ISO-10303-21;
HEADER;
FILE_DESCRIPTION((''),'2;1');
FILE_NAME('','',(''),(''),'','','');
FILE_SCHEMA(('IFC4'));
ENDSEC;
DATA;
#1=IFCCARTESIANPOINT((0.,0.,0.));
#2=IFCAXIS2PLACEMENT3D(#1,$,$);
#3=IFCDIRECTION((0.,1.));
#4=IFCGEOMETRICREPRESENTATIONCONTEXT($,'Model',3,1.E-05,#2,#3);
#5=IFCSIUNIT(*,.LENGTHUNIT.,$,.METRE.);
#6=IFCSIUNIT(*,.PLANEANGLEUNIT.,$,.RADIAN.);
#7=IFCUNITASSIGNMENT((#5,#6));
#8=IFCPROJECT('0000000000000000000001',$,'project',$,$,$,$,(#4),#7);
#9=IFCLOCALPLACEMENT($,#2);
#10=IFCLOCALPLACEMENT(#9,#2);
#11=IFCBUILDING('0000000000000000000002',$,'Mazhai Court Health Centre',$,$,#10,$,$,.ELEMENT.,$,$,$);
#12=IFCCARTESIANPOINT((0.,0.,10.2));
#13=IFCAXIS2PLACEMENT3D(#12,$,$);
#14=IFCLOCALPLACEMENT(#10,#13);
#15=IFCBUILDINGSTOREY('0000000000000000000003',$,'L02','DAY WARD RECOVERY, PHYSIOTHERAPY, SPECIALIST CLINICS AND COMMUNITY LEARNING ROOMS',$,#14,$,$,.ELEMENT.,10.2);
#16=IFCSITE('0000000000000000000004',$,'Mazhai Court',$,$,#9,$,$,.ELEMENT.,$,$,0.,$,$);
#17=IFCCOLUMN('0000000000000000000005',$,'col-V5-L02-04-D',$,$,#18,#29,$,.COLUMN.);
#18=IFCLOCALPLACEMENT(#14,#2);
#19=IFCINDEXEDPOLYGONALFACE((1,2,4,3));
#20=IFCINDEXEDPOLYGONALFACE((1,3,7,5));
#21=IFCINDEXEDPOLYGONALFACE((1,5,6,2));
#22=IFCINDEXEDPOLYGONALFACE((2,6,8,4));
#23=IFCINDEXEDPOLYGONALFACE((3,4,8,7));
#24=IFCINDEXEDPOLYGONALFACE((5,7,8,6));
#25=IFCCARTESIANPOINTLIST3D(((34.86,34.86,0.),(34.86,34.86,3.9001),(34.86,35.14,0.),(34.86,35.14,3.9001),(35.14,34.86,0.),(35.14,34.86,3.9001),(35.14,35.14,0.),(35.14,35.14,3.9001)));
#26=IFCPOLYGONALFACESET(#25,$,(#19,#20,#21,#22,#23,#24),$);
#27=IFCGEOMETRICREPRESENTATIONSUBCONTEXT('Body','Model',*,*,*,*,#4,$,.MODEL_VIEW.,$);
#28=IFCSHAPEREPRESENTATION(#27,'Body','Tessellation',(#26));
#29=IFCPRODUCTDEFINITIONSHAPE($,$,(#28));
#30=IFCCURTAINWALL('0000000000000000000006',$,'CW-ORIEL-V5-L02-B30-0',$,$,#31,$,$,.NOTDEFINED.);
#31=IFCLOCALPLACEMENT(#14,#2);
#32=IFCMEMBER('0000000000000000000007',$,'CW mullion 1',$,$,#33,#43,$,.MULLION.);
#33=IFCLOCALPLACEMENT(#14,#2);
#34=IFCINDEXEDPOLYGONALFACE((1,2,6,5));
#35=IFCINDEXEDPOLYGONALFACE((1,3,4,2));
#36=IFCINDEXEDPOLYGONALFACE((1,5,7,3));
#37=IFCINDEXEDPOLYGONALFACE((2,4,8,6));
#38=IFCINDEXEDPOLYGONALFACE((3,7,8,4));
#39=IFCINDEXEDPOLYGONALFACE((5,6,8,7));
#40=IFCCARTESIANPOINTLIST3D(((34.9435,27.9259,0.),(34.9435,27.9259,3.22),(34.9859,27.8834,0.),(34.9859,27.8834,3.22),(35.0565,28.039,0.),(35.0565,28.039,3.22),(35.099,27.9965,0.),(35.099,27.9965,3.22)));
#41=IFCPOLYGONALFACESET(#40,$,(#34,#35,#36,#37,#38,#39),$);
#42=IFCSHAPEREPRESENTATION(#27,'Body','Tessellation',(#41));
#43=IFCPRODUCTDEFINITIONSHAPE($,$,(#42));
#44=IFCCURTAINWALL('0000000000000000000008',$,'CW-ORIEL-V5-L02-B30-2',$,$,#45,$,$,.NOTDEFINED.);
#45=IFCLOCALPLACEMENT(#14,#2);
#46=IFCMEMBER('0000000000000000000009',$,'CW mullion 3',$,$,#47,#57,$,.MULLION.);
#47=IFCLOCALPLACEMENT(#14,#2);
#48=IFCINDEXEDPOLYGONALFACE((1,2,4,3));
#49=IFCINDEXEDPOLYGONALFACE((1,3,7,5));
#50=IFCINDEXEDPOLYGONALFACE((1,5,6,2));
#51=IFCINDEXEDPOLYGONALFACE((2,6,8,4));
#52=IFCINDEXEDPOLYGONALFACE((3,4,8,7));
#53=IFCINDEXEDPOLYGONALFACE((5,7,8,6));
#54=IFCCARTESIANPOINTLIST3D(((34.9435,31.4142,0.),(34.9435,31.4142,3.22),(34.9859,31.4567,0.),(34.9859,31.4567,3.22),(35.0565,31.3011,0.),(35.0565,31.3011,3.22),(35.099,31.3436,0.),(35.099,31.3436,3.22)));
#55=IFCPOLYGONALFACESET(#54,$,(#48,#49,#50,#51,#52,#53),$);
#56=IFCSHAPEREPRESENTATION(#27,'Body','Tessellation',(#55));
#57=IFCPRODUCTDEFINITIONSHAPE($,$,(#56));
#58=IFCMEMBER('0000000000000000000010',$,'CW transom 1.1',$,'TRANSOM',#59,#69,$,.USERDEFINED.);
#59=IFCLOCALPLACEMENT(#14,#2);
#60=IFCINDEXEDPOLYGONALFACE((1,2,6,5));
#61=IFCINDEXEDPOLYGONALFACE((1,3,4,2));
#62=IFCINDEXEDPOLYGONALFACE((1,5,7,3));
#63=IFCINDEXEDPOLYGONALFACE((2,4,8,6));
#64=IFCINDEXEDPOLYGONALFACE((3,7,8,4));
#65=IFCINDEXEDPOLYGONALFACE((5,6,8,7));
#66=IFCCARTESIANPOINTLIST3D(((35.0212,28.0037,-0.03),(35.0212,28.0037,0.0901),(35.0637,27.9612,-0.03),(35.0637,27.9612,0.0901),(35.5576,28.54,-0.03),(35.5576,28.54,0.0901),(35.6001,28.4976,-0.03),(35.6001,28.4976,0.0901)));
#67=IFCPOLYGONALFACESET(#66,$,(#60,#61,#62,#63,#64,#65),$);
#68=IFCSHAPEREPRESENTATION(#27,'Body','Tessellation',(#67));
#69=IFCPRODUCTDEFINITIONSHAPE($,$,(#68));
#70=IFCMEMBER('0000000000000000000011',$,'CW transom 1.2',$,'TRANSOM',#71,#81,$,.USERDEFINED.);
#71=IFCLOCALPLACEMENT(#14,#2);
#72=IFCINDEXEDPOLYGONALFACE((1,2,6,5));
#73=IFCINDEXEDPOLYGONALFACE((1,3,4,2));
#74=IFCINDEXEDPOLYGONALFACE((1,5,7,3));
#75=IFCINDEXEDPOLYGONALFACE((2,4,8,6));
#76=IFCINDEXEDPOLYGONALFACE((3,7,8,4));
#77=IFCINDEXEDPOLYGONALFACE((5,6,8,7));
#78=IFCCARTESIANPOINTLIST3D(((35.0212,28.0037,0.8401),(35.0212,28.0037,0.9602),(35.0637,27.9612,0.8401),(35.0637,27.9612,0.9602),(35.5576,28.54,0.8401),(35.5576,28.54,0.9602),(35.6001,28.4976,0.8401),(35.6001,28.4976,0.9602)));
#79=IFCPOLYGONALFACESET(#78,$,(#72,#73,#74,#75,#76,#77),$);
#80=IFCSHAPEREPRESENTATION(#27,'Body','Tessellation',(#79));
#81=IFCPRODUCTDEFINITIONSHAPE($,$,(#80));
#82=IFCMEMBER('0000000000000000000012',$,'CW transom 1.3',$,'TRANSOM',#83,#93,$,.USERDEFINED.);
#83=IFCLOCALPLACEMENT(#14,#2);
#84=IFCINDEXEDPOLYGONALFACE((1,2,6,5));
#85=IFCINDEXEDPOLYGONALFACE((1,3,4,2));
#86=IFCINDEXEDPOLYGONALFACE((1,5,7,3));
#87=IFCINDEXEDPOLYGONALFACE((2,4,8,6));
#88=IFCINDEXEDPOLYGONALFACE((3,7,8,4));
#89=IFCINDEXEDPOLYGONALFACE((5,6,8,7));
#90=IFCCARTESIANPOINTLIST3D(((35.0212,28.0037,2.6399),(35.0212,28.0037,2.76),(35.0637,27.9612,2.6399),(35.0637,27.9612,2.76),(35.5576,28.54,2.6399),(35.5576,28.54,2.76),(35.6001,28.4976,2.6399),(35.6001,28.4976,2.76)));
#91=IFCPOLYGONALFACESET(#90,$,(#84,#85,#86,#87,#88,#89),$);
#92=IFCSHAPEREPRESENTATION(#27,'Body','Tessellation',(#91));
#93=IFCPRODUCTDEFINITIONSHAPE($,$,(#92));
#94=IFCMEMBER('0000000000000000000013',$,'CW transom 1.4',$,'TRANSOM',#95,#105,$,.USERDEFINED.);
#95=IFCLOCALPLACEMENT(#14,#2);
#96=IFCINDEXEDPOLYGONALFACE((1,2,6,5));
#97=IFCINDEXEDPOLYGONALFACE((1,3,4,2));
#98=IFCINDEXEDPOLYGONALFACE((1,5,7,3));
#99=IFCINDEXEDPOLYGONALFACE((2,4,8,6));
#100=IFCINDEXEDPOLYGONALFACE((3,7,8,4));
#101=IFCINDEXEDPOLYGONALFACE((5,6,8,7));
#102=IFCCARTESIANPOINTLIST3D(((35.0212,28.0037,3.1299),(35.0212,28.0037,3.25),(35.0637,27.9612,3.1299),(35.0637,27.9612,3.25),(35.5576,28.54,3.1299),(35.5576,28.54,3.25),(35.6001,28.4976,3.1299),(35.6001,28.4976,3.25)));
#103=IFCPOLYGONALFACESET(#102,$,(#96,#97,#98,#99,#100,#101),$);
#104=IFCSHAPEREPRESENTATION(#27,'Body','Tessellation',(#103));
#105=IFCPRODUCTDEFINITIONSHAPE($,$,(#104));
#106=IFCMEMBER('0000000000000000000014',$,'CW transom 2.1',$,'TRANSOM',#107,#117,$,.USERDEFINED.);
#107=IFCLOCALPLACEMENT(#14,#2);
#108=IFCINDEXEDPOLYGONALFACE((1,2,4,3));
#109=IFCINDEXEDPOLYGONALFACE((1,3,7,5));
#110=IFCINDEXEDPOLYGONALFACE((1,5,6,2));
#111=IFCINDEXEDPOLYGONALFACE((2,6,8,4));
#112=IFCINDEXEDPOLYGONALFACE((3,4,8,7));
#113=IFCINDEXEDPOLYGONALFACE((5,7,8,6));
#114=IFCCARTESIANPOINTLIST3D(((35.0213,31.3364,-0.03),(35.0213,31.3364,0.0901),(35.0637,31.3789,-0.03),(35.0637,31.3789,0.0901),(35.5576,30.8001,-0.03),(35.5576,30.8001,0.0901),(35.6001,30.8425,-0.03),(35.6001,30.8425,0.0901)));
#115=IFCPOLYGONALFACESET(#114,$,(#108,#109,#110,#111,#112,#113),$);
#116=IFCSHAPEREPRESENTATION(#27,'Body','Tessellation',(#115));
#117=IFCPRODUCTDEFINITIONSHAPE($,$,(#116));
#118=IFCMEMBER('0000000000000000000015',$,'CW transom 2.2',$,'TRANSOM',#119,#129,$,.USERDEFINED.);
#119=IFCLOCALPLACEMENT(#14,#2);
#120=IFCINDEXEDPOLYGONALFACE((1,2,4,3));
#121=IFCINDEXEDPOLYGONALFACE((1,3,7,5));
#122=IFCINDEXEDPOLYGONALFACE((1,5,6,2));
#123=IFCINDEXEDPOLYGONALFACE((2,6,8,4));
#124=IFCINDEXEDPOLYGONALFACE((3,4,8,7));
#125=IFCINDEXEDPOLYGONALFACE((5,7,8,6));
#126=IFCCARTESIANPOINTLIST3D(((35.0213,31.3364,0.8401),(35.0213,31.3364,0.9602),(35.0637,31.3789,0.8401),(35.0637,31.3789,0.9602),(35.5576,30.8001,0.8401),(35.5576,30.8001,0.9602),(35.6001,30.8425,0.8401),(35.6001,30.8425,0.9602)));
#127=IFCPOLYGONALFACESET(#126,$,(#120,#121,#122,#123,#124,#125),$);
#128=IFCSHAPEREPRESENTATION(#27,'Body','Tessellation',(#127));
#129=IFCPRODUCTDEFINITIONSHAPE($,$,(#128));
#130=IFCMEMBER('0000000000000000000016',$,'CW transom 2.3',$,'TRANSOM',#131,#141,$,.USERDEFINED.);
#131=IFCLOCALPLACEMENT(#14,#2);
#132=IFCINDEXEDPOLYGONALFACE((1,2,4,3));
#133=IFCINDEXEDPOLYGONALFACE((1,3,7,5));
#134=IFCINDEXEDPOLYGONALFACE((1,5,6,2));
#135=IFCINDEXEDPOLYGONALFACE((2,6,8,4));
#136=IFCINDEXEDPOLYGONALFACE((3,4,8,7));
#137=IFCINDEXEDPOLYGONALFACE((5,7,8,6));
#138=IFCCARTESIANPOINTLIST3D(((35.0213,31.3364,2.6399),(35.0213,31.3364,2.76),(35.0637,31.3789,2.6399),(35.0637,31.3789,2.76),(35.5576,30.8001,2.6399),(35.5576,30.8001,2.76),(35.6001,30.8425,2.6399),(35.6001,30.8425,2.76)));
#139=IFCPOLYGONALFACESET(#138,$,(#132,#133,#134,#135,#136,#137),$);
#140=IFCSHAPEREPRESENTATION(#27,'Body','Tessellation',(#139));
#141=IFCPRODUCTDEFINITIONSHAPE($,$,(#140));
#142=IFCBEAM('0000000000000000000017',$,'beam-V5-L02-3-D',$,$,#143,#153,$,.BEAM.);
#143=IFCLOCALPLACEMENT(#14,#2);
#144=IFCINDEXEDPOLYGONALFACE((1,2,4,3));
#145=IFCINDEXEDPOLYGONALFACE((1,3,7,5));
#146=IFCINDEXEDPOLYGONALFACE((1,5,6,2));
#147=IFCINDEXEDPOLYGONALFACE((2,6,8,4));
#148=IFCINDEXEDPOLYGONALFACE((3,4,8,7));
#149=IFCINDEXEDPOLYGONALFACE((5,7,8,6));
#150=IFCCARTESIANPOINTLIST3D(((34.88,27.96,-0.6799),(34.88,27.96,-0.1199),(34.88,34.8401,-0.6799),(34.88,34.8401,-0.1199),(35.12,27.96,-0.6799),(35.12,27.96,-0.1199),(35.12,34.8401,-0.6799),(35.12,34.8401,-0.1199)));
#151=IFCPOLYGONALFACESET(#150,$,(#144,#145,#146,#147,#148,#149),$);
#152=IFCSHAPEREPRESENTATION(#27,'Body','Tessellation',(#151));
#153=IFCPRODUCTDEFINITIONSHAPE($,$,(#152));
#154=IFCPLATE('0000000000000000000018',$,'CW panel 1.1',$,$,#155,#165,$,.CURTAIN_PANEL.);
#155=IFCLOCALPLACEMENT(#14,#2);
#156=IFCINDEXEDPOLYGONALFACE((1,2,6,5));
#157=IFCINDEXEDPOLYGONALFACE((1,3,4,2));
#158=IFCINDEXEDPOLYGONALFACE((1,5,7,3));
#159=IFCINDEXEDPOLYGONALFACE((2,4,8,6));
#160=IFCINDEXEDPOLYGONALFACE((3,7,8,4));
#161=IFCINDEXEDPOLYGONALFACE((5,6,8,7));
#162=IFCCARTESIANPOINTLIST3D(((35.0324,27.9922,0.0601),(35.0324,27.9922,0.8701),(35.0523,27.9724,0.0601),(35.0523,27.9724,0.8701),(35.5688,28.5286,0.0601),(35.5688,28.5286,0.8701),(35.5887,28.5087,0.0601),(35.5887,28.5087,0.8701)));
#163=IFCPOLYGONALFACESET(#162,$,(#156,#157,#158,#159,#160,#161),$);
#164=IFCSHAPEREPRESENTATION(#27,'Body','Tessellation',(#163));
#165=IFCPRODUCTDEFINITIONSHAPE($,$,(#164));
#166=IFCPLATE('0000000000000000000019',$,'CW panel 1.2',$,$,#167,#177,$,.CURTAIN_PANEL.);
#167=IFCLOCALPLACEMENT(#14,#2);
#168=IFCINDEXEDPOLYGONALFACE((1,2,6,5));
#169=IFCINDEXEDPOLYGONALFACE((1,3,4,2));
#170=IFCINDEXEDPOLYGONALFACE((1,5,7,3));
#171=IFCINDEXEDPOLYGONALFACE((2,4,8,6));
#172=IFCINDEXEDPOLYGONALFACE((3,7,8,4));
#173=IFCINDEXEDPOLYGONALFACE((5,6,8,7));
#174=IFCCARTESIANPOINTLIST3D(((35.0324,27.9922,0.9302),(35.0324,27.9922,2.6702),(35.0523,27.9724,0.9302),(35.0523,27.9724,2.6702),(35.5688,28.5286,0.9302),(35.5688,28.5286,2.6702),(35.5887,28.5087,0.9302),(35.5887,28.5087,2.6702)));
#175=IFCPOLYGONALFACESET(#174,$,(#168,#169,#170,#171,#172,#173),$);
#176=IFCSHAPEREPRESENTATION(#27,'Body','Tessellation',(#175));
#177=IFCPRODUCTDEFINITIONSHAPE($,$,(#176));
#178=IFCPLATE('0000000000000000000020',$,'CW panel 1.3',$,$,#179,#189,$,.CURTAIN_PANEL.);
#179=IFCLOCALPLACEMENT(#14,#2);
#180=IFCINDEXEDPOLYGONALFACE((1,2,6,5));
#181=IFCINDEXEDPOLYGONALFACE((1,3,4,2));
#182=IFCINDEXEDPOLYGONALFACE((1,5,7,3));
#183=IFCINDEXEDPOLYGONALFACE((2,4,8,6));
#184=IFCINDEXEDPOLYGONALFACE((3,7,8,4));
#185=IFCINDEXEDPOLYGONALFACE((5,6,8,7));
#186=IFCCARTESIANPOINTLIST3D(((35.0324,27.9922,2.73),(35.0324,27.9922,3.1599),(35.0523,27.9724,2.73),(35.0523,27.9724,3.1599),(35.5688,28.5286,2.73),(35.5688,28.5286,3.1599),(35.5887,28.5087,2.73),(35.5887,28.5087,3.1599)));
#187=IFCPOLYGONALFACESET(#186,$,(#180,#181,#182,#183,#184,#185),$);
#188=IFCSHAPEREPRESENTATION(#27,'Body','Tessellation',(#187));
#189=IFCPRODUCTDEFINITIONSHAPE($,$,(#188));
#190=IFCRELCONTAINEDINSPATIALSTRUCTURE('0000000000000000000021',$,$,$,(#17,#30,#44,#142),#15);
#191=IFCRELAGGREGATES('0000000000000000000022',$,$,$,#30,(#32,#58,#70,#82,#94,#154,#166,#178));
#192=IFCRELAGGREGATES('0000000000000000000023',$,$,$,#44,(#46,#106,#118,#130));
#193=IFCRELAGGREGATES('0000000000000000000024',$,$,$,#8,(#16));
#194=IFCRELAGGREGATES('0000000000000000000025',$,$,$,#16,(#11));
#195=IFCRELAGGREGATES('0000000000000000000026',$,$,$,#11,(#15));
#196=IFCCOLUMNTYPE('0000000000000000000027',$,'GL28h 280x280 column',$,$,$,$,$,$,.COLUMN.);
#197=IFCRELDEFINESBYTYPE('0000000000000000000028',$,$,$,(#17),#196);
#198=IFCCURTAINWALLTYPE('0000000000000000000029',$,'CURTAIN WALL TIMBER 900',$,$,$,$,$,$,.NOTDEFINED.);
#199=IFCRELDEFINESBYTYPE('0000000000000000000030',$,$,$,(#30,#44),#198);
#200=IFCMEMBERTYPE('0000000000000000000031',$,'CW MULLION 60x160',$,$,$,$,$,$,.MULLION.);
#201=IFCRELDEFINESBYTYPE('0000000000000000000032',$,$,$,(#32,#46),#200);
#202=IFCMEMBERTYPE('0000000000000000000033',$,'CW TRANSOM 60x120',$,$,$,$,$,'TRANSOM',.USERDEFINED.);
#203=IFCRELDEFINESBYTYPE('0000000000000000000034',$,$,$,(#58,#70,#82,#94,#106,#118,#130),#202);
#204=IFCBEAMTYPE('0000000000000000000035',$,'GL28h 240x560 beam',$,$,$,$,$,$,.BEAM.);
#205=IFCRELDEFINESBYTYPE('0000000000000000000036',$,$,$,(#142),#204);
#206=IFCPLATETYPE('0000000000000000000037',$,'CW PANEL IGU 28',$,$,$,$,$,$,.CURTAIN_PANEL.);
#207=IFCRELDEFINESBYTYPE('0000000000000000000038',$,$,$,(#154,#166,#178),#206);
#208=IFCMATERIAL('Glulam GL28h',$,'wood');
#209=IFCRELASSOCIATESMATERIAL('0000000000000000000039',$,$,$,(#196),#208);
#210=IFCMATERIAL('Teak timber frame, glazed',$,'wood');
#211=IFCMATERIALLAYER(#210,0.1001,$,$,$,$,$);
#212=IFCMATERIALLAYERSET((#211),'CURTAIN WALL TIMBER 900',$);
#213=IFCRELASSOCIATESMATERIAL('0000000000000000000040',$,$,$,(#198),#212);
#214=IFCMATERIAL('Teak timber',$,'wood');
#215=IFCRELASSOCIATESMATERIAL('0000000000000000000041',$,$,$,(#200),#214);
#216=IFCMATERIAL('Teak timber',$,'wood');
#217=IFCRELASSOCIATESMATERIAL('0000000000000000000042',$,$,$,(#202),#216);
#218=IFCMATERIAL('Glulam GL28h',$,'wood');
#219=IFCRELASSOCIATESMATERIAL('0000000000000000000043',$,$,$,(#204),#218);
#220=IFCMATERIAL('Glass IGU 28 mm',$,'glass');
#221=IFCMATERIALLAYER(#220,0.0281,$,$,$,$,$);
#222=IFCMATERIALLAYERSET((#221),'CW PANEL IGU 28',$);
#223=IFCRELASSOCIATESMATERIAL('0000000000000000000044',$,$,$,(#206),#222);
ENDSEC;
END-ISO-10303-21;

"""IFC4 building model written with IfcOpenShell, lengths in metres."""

from ifc_helpers import new_model, si_unit, direction, frame, origin, origin_2d, place, context, subcontext, project, spatial, rectangle, extrude, material, layer, layer_set, material_profile, profile_set, type_object, element, aggregate, save


model = new_model("IFC4")

# Units and contexts
model_context = context("Model", 3, precision=1e-05, world=origin(), true_north=direction((0.0, 1.0)))
body_context = subcontext(model_context, "Body", "Model", "MODEL_VIEW")
ifc_project = project(units=[si_unit("LENGTHUNIT", "METRE"), si_unit("PLANEANGLEUNIT", "RADIAN")], contexts=[model_context])

# Site, building, storey
site_placement = place(None, origin())
site = spatial("IfcSite", under=ifc_project, at=site_placement, Name="Mazhai Court", CompositionType="ELEMENT", RefElevation=0.0)
building_placement = place(site_placement, origin())
building = spatial("IfcBuilding", under=site, at=building_placement, Name="Mazhai Court Health Centre", CompositionType="ELEMENT")
storey_placement = place(building_placement, frame((0.0, 0.0, 10.2)))
storey = spatial("IfcBuildingStorey", under=building, at=storey_placement, Name="L02", Description="DAY WARD RECOVERY, PHYSIOTHERAPY, SPECIALIST CLINICS AND COMMUNITY LEARNING ROOMS", CompositionType="ELEMENT", Elevation=10.2)

# Column
ifc_material_1 = material(Name="Glulam GL28h", Category="wood")
ifc_material_profile_1 = material_profile(ifc_material_1, rectangle(XDim=0.28, YDim=0.28, at=origin_2d()), Name="GL28h 280x280")
ifc_profile_set_1 = profile_set([ifc_material_profile_1], Name="Glulam GL28h")
column_type = type_object("IfcColumnType", Name="GL28h 280x280 column", PredefinedType="COLUMN", material=ifc_profile_set_1)
column_placement = place(storey_placement, frame((35.0, 35.0, 0.0), z_axis=(0.0, 0.0, 1.0), x_axis=(1.0, 0.0, 0.0)))
element("IfcColumn", 1, at=column_placement, inside=storey, type_object=column_type, Name="col-V5-L02-04-D", PredefinedType="COLUMN", context=body_context, shape_type="SweptSolid", body=[
    extrude(rectangle(XDim=0.28, YDim=0.28, at=origin_2d()), origin(), (0.0, 0.0, 1.0), 3.9001),
])

# Curtain walls, members
ifc_material_2 = material(Name="Teak timber frame, glazed", Category="wood")
ifc_layer_1 = layer(ifc_material_2, 0.1001)
ifc_layer_set_1 = layer_set([ifc_layer_1], Name="CURTAIN WALL TIMBER 900")
curtain_wall_type = type_object("IfcCurtainWallType", Name="CURTAIN WALL TIMBER 900", PredefinedType="NOTDEFINED", material=ifc_layer_set_1)
curtain_wall_1_placement = place(storey_placement, origin())
curtain_wall_1 = element("IfcCurtainWall", 2, at=curtain_wall_1_placement, inside=storey, type_object=curtain_wall_type, Name="CW-ORIEL-V5-L02-B30-0", PredefinedType="NOTDEFINED")
ifc_material_3 = material(Name="Teak timber", Category="wood")
ifc_material_profile_2 = material_profile(ifc_material_3, rectangle(XDim=0.0601, YDim=0.1599, at=origin_2d()), Name="CW MULLION 60x160")
ifc_profile_set_2 = profile_set([ifc_material_profile_2], Name="Teak timber")
member_type_1 = type_object("IfcMemberType", Name="CW MULLION 60x160", PredefinedType="MULLION", material=ifc_profile_set_2)
member_1_placement = place(storey_placement, frame((35.0212, 27.9612, 0.0), z_axis=(0.0, 0.0, 1.0), x_axis=(-0.707107, 0.707107, 0.0)))
member_1 = element("IfcMember", 3, at=member_1_placement, type_object=member_type_1, Name="CW mullion 1", PredefinedType="MULLION", context=body_context, shape_type="SweptSolid", body=[
    extrude(rectangle(XDim=0.0601, YDim=0.1599, at=origin_2d()), origin(), (0.0, 0.0, 1.0), 3.22),
])
curtain_wall_2_placement = place(storey_placement, origin())
curtain_wall_2 = element("IfcCurtainWall", 4, at=curtain_wall_2_placement, inside=storey, type_object=curtain_wall_type, Name="CW-ORIEL-V5-L02-B30-2", PredefinedType="NOTDEFINED")
member_2_placement = place(storey_placement, frame((35.0212, 31.3789, 0.0), z_axis=(0.0, 0.0, 1.0), x_axis=(-0.707107, -0.707107, 0.0)))
member_2 = element("IfcMember", 5, at=member_2_placement, type_object=member_type_1, Name="CW mullion 3", PredefinedType="MULLION", context=body_context, shape_type="SweptSolid", body=[
    extrude(rectangle(XDim=0.0601, YDim=0.1599, at=origin_2d()), origin(), (0.0, 0.0, 1.0), 3.22),
])

# Members
ifc_material_4 = material(Name="Teak timber", Category="wood")
ifc_material_profile_3 = material_profile(ifc_material_4, rectangle(XDim=0.0601, YDim=0.1201, at=origin_2d()), Name="CW TRANSOM 60x120")
ifc_profile_set_3 = profile_set([ifc_material_profile_3], Name="Teak timber")
member_type_2 = type_object("IfcMemberType", Name="CW TRANSOM 60x120", ElementType="TRANSOM", PredefinedType="USERDEFINED", material=ifc_profile_set_3)
member_3_placement = place(storey_placement, frame((35.0425, 27.9824, 0.03), z_axis=(0.707107, 0.707107, 0.0), x_axis=(-0.707107, 0.707107, 0.0)))
member_3 = element("IfcMember", 6, at=member_3_placement, type_object=member_type_2, Name="CW transom 1.1", ObjectType="TRANSOM", PredefinedType="USERDEFINED", context=body_context, shape_type="SweptSolid", body=[
    extrude(rectangle(XDim=0.0601, YDim=0.1201, at=origin_2d()), origin(), (0.0, 0.0, 1.0), 0.7585),
])
member_4_placement = place(storey_placement, frame((35.0425, 27.9824, 0.9001), z_axis=(0.707107, 0.707107, 0.0), x_axis=(-0.707107, 0.707107, 0.0)))
member_4 = element("IfcMember", 7, at=member_4_placement, type_object=member_type_2, Name="CW transom 1.2", ObjectType="TRANSOM", PredefinedType="USERDEFINED", context=body_context, shape_type="SweptSolid", body=[
    extrude(rectangle(XDim=0.0601, YDim=0.1201, at=origin_2d()), origin(), (0.0, 0.0, 1.0), 0.7585),
])
member_5_placement = place(storey_placement, frame((35.0425, 27.9824, 2.7), z_axis=(0.707107, 0.707107, 0.0), x_axis=(-0.707107, 0.707107, 0.0)))
member_5 = element("IfcMember", 8, at=member_5_placement, type_object=member_type_2, Name="CW transom 1.3", ObjectType="TRANSOM", PredefinedType="USERDEFINED", context=body_context, shape_type="SweptSolid", body=[
    extrude(rectangle(XDim=0.0601, YDim=0.1201, at=origin_2d()), origin(), (0.0, 0.0, 1.0), 0.7585),
])
member_6_placement = place(storey_placement, frame((35.0425, 27.9824, 3.1899), z_axis=(0.707107, 0.707107, 0.0), x_axis=(-0.707107, 0.707107, 0.0)))
member_6 = element("IfcMember", 9, at=member_6_placement, type_object=member_type_2, Name="CW transom 1.4", ObjectType="TRANSOM", PredefinedType="USERDEFINED", context=body_context, shape_type="SweptSolid", body=[
    extrude(rectangle(XDim=0.0601, YDim=0.1201, at=origin_2d()), origin(), (0.0, 0.0, 1.0), 0.7585),
])
member_7_placement = place(storey_placement, frame((35.5789, 30.8213, 0.03), z_axis=(-0.707107, 0.707107, 0.0), x_axis=(-0.707107, -0.707107, 0.0)))
member_7 = element("IfcMember", 10, at=member_7_placement, type_object=member_type_2, Name="CW transom 2.1", ObjectType="TRANSOM", PredefinedType="USERDEFINED", context=body_context, shape_type="SweptSolid", body=[
    extrude(rectangle(XDim=0.0601, YDim=0.1201, at=origin_2d()), origin(), (0.0, 0.0, 1.0), 0.7585),
])
member_8_placement = place(storey_placement, frame((35.5789, 30.8213, 0.9001), z_axis=(-0.707107, 0.707107, 0.0), x_axis=(-0.707107, -0.707107, 0.0)))
member_8 = element("IfcMember", 11, at=member_8_placement, type_object=member_type_2, Name="CW transom 2.2", ObjectType="TRANSOM", PredefinedType="USERDEFINED", context=body_context, shape_type="SweptSolid", body=[
    extrude(rectangle(XDim=0.0601, YDim=0.1201, at=origin_2d()), origin(), (0.0, 0.0, 1.0), 0.7585),
])
member_9_placement = place(storey_placement, frame((35.5789, 30.8213, 2.7), z_axis=(-0.707107, 0.707107, 0.0), x_axis=(-0.707107, -0.707107, 0.0)))
member_9 = element("IfcMember", 12, at=member_9_placement, type_object=member_type_2, Name="CW transom 2.3", ObjectType="TRANSOM", PredefinedType="USERDEFINED", context=body_context, shape_type="SweptSolid", body=[
    extrude(rectangle(XDim=0.0601, YDim=0.1201, at=origin_2d()), origin(), (0.0, 0.0, 1.0), 0.7585),
])

# Beam
ifc_material_5 = material(Name="Glulam GL28h", Category="wood")
ifc_material_profile_4 = material_profile(ifc_material_5, rectangle(XDim=0.24, YDim=0.5601, at=origin_2d()), Name="GL28h 240x560")
ifc_profile_set_4 = profile_set([ifc_material_profile_4], Name="Glulam GL28h")
beam_type = type_object("IfcBeamType", Name="GL28h 240x560 beam", PredefinedType="BEAM", material=ifc_profile_set_4)
beam_placement = place(storey_placement, frame((35.0, 27.96, -0.3999), z_axis=(0.0, 1.0, 0.0), x_axis=(-1.0, 0.0, 0.0)))
element("IfcBeam", 13, at=beam_placement, inside=storey, type_object=beam_type, Name="beam-V5-L02-3-D", PredefinedType="BEAM", context=body_context, shape_type="SweptSolid", body=[
    extrude(rectangle(XDim=0.24, YDim=0.5601, at=origin_2d()), origin(), (0.0, 0.0, 1.0), 6.8801),
])

# Plates
ifc_material_6 = material(Name="Glass IGU 28 mm", Category="glass")
ifc_layer_2 = layer(ifc_material_6, 0.0281)
ifc_layer_set_2 = layer_set([ifc_layer_2], Name="CW PANEL IGU 28")
plate_type = type_object("IfcPlateType", Name="CW PANEL IGU 28", PredefinedType="CURTAIN_PANEL", material=ifc_layer_set_2)
plate_1_placement = place(storey_placement, frame((35.3105, 28.2505, 0.0601), z_axis=(0.0, 0.0, 1.0), x_axis=(0.707107, 0.707107, 0.0)))
plate_1 = element("IfcPlate", 14, at=plate_1_placement, type_object=plate_type, Name="CW panel 1.1", PredefinedType="CURTAIN_PANEL", context=body_context, shape_type="SweptSolid", body=[
    extrude(rectangle(XDim=0.7585, YDim=0.0281, at=origin_2d()), origin(), (0.0, 0.0, 1.0), 0.8101),
])
plate_2_placement = place(storey_placement, frame((35.3105, 28.2505, 0.9302), z_axis=(0.0, 0.0, 1.0), x_axis=(0.707107, 0.707107, 0.0)))
plate_2 = element("IfcPlate", 15, at=plate_2_placement, type_object=plate_type, Name="CW panel 1.2", PredefinedType="CURTAIN_PANEL", context=body_context, shape_type="SweptSolid", body=[
    extrude(rectangle(XDim=0.7585, YDim=0.0281, at=origin_2d()), origin(), (0.0, 0.0, 1.0), 1.74),
])
plate_3_placement = place(storey_placement, frame((35.3105, 28.2505, 2.73), z_axis=(0.0, 0.0, 1.0), x_axis=(0.707107, 0.707107, 0.0)))
plate_3 = element("IfcPlate", 16, at=plate_3_placement, type_object=plate_type, Name="CW panel 1.3", PredefinedType="CURTAIN_PANEL", context=body_context, shape_type="SweptSolid", body=[
    extrude(rectangle(XDim=0.7585, YDim=0.0281, at=origin_2d()), origin(), (0.0, 0.0, 1.0), 0.4299),
])
aggregate(curtain_wall_1, [member_1, member_3, member_4, member_5, member_6, plate_1, plate_2, plate_3])
aggregate(curtain_wall_2, [member_2, member_7, member_8, member_9])

save(model, "model.ifc")
